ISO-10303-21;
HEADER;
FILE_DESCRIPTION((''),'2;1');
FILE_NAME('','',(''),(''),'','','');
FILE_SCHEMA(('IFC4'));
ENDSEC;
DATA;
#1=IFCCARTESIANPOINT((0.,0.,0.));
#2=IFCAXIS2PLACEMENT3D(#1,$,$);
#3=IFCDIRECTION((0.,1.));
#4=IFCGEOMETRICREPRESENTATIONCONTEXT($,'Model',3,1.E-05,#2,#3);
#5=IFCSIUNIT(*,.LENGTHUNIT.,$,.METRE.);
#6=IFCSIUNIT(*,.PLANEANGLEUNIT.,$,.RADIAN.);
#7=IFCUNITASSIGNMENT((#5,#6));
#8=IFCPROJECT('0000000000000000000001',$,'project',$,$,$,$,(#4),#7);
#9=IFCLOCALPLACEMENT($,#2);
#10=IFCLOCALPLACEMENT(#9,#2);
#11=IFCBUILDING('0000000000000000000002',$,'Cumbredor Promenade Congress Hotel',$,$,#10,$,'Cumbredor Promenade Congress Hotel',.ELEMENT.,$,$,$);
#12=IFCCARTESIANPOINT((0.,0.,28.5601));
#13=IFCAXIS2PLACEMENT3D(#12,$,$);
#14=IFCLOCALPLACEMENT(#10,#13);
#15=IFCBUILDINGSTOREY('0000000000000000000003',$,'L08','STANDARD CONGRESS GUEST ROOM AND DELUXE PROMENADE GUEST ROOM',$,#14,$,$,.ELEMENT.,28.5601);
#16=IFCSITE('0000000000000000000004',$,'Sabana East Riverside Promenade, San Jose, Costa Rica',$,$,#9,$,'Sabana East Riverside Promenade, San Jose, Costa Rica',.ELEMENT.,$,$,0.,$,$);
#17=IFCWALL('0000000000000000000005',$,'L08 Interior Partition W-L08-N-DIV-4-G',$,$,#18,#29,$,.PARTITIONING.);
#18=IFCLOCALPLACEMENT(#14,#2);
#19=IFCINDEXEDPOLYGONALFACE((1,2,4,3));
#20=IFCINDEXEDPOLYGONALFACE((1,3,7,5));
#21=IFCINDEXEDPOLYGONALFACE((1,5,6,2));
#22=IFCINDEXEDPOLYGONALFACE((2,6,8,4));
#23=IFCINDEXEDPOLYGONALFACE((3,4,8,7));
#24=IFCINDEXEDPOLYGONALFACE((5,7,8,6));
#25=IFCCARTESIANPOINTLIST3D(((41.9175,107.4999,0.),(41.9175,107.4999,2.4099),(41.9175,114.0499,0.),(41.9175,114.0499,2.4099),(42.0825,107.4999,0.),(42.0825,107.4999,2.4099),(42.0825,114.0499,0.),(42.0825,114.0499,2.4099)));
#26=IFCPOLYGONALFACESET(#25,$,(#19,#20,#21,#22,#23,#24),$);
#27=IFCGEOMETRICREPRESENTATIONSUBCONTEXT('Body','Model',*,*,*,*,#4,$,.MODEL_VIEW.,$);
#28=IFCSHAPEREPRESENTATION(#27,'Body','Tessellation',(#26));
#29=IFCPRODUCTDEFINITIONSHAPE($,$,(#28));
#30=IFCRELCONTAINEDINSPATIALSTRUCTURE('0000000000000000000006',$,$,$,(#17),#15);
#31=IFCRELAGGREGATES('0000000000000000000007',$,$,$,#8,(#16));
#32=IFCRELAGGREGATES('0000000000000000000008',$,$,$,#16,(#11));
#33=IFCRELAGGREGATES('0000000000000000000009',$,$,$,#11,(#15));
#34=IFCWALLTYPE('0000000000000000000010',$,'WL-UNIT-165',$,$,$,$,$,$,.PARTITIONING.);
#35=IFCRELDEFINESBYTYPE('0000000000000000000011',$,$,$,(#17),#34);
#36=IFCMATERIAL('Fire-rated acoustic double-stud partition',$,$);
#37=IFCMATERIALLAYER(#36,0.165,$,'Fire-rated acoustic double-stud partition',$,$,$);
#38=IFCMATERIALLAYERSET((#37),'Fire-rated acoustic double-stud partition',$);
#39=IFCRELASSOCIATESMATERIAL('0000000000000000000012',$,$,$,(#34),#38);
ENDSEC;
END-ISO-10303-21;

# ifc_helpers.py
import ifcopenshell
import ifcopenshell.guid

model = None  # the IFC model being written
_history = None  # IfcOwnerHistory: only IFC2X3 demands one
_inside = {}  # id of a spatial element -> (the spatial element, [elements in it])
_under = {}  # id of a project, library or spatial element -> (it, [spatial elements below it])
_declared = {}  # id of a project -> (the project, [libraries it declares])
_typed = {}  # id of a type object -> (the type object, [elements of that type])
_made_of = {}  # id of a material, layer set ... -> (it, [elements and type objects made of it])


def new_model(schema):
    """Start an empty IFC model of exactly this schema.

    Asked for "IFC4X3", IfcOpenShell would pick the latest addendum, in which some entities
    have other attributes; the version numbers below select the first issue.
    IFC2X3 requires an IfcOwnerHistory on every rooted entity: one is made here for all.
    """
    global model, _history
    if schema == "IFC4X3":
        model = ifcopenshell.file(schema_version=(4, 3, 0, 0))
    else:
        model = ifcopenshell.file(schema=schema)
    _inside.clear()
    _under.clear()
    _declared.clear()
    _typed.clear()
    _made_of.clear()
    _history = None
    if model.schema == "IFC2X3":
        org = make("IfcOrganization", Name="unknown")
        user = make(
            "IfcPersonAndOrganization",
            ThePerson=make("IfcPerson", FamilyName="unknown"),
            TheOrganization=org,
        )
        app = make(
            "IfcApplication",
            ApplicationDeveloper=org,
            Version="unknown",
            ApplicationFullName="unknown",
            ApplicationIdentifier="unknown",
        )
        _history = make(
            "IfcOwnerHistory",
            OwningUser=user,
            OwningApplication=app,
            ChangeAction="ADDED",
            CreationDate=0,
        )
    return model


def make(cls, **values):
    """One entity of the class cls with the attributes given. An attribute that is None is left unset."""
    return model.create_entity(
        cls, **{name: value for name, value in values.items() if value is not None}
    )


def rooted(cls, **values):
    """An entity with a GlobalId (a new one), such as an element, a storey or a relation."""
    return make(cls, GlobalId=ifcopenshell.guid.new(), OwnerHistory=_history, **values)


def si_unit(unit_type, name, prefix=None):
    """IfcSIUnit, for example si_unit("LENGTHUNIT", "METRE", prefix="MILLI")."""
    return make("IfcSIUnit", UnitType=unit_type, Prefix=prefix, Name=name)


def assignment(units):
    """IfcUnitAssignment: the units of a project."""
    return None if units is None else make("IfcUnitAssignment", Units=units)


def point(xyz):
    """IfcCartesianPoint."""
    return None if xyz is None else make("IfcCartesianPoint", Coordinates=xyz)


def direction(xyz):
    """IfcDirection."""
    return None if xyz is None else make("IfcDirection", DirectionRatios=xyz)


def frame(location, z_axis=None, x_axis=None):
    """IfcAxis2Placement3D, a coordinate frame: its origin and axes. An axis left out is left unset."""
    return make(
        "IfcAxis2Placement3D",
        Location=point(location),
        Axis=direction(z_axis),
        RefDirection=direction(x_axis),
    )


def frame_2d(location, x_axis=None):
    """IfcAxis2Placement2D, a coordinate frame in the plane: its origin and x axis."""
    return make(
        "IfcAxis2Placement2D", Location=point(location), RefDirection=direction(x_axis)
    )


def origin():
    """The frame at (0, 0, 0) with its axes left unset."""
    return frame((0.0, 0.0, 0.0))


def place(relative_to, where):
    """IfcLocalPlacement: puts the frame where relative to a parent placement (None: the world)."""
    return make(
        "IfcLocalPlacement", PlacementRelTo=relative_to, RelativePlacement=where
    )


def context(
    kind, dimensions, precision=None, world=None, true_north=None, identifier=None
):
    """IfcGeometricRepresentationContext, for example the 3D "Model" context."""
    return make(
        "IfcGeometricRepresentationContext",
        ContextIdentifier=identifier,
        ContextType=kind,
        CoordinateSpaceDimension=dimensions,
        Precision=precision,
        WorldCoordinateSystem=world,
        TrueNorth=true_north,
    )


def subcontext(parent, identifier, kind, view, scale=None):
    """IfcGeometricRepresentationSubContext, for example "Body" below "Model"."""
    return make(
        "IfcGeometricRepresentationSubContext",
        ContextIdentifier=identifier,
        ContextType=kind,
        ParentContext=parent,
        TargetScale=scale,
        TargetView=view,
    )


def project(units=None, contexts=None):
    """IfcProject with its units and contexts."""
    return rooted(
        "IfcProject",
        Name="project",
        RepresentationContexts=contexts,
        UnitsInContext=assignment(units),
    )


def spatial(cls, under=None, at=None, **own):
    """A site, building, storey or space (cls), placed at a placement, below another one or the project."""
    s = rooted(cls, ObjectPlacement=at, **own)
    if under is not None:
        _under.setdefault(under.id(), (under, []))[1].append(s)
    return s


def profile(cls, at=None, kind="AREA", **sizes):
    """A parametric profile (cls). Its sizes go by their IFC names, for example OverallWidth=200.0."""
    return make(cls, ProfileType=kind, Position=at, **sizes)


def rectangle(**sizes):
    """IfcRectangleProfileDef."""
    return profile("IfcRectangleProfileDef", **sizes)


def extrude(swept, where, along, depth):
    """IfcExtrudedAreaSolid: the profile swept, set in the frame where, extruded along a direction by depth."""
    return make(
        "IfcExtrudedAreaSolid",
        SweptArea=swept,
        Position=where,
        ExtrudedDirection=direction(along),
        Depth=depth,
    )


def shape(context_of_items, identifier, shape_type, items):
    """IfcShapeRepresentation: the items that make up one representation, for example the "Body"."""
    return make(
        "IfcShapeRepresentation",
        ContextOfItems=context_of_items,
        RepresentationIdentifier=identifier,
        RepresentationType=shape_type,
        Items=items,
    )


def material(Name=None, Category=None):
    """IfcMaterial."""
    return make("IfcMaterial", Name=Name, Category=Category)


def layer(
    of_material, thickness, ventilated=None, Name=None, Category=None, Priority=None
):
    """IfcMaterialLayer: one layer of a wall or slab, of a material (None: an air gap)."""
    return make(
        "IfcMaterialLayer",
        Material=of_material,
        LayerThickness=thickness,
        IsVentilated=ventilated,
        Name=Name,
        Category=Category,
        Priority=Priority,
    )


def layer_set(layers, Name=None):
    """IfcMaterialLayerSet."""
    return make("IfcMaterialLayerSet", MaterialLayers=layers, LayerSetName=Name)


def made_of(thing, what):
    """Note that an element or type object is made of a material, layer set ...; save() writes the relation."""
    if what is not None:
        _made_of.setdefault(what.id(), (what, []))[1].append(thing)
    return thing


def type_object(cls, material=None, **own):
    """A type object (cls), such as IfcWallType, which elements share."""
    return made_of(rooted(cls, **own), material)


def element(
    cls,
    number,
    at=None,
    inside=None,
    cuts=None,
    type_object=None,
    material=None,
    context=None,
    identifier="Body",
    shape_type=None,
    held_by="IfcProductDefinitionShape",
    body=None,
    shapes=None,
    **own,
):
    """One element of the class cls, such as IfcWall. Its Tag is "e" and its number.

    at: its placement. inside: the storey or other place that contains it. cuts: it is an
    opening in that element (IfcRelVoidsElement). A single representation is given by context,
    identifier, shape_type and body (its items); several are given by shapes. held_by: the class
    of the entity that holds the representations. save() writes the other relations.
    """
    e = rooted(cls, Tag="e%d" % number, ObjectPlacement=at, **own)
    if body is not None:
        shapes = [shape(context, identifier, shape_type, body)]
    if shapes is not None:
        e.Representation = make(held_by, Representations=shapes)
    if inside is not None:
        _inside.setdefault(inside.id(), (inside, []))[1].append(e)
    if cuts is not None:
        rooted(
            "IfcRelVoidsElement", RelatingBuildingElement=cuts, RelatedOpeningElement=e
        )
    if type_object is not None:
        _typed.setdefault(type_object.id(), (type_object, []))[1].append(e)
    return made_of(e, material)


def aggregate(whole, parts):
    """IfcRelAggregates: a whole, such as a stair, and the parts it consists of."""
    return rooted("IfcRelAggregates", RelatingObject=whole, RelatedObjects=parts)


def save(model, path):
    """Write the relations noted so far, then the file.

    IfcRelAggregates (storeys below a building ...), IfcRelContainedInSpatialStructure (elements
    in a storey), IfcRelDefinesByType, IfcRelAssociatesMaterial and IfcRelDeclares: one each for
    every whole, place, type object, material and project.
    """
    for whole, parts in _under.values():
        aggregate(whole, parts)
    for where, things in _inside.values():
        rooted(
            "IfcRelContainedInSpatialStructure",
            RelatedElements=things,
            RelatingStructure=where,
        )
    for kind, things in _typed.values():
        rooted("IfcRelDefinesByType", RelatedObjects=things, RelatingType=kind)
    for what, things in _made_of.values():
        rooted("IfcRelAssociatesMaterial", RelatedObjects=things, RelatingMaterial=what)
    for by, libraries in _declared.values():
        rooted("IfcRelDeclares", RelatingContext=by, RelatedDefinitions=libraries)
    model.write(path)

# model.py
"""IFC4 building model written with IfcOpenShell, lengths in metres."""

from ifc_helpers import new_model, si_unit, direction, frame, frame_2d, origin, place, context, subcontext, project, spatial, rectangle, extrude, material, layer, layer_set, type_object, element, save


model = new_model("IFC4")

# Units and contexts
model_context = context("Model", 3, precision=1e-05, world=origin(), true_north=direction((0.0, 1.0)))
body_context = subcontext(model_context, "Body", "Model", "MODEL_VIEW")
ifc_project = project(units=[si_unit("LENGTHUNIT", "METRE"), si_unit("PLANEANGLEUNIT", "RADIAN")], contexts=[model_context])

# Site, building, storey
site_placement = place(None, origin())
site = spatial("IfcSite", under=ifc_project, at=site_placement, Name="Sabana East Riverside Promenade, San Jose, Costa Rica", LongName="Sabana East Riverside Promenade, San Jose, Costa Rica", CompositionType="ELEMENT", RefElevation=0.0)
building_placement = place(site_placement, origin())
building = spatial("IfcBuilding", under=site, at=building_placement, Name="Cumbredor Promenade Congress Hotel", LongName="Cumbredor Promenade Congress Hotel", CompositionType="ELEMENT")
storey_placement = place(building_placement, frame((0.0, 0.0, 28.5601)))
storey = spatial("IfcBuildingStorey", under=building, at=storey_placement, Name="L08", Description="STANDARD CONGRESS GUEST ROOM AND DELUXE PROMENADE GUEST ROOM", CompositionType="ELEMENT", Elevation=28.5601)

# Wall
ifc_material_1 = material(Name="Fire-rated acoustic double-stud partition")
ifc_layer_1 = layer(ifc_material_1, 0.165, Name="Fire-rated acoustic double-stud partition")
ifc_layer_set_1 = layer_set([ifc_layer_1], Name="Fire-rated acoustic double-stud partition")
wall_type_1 = type_object("IfcWallType", Name="WL-UNIT-165", PredefinedType="PARTITIONING", material=ifc_layer_set_1)
wall_1_placement = place(storey_placement, frame((42.0, 107.5, 0.0), z_axis=(0.0, 0.0, 1.0), x_axis=(0.0, 1.0, 0.0)))
element("IfcWall", 1, at=wall_1_placement, inside=storey, type_object=wall_type_1, Name="L08 Interior Partition W-L08-N-DIV-4-G", PredefinedType="PARTITIONING", context=body_context, shape_type="SweptSolid", body=[
    extrude(rectangle(XDim=6.55, YDim=0.165, at=frame_2d((3.2749, 0.0))), origin(), (0.0, 0.0, 1.0), 2.4099),
])

save(model, "model.ifc")
